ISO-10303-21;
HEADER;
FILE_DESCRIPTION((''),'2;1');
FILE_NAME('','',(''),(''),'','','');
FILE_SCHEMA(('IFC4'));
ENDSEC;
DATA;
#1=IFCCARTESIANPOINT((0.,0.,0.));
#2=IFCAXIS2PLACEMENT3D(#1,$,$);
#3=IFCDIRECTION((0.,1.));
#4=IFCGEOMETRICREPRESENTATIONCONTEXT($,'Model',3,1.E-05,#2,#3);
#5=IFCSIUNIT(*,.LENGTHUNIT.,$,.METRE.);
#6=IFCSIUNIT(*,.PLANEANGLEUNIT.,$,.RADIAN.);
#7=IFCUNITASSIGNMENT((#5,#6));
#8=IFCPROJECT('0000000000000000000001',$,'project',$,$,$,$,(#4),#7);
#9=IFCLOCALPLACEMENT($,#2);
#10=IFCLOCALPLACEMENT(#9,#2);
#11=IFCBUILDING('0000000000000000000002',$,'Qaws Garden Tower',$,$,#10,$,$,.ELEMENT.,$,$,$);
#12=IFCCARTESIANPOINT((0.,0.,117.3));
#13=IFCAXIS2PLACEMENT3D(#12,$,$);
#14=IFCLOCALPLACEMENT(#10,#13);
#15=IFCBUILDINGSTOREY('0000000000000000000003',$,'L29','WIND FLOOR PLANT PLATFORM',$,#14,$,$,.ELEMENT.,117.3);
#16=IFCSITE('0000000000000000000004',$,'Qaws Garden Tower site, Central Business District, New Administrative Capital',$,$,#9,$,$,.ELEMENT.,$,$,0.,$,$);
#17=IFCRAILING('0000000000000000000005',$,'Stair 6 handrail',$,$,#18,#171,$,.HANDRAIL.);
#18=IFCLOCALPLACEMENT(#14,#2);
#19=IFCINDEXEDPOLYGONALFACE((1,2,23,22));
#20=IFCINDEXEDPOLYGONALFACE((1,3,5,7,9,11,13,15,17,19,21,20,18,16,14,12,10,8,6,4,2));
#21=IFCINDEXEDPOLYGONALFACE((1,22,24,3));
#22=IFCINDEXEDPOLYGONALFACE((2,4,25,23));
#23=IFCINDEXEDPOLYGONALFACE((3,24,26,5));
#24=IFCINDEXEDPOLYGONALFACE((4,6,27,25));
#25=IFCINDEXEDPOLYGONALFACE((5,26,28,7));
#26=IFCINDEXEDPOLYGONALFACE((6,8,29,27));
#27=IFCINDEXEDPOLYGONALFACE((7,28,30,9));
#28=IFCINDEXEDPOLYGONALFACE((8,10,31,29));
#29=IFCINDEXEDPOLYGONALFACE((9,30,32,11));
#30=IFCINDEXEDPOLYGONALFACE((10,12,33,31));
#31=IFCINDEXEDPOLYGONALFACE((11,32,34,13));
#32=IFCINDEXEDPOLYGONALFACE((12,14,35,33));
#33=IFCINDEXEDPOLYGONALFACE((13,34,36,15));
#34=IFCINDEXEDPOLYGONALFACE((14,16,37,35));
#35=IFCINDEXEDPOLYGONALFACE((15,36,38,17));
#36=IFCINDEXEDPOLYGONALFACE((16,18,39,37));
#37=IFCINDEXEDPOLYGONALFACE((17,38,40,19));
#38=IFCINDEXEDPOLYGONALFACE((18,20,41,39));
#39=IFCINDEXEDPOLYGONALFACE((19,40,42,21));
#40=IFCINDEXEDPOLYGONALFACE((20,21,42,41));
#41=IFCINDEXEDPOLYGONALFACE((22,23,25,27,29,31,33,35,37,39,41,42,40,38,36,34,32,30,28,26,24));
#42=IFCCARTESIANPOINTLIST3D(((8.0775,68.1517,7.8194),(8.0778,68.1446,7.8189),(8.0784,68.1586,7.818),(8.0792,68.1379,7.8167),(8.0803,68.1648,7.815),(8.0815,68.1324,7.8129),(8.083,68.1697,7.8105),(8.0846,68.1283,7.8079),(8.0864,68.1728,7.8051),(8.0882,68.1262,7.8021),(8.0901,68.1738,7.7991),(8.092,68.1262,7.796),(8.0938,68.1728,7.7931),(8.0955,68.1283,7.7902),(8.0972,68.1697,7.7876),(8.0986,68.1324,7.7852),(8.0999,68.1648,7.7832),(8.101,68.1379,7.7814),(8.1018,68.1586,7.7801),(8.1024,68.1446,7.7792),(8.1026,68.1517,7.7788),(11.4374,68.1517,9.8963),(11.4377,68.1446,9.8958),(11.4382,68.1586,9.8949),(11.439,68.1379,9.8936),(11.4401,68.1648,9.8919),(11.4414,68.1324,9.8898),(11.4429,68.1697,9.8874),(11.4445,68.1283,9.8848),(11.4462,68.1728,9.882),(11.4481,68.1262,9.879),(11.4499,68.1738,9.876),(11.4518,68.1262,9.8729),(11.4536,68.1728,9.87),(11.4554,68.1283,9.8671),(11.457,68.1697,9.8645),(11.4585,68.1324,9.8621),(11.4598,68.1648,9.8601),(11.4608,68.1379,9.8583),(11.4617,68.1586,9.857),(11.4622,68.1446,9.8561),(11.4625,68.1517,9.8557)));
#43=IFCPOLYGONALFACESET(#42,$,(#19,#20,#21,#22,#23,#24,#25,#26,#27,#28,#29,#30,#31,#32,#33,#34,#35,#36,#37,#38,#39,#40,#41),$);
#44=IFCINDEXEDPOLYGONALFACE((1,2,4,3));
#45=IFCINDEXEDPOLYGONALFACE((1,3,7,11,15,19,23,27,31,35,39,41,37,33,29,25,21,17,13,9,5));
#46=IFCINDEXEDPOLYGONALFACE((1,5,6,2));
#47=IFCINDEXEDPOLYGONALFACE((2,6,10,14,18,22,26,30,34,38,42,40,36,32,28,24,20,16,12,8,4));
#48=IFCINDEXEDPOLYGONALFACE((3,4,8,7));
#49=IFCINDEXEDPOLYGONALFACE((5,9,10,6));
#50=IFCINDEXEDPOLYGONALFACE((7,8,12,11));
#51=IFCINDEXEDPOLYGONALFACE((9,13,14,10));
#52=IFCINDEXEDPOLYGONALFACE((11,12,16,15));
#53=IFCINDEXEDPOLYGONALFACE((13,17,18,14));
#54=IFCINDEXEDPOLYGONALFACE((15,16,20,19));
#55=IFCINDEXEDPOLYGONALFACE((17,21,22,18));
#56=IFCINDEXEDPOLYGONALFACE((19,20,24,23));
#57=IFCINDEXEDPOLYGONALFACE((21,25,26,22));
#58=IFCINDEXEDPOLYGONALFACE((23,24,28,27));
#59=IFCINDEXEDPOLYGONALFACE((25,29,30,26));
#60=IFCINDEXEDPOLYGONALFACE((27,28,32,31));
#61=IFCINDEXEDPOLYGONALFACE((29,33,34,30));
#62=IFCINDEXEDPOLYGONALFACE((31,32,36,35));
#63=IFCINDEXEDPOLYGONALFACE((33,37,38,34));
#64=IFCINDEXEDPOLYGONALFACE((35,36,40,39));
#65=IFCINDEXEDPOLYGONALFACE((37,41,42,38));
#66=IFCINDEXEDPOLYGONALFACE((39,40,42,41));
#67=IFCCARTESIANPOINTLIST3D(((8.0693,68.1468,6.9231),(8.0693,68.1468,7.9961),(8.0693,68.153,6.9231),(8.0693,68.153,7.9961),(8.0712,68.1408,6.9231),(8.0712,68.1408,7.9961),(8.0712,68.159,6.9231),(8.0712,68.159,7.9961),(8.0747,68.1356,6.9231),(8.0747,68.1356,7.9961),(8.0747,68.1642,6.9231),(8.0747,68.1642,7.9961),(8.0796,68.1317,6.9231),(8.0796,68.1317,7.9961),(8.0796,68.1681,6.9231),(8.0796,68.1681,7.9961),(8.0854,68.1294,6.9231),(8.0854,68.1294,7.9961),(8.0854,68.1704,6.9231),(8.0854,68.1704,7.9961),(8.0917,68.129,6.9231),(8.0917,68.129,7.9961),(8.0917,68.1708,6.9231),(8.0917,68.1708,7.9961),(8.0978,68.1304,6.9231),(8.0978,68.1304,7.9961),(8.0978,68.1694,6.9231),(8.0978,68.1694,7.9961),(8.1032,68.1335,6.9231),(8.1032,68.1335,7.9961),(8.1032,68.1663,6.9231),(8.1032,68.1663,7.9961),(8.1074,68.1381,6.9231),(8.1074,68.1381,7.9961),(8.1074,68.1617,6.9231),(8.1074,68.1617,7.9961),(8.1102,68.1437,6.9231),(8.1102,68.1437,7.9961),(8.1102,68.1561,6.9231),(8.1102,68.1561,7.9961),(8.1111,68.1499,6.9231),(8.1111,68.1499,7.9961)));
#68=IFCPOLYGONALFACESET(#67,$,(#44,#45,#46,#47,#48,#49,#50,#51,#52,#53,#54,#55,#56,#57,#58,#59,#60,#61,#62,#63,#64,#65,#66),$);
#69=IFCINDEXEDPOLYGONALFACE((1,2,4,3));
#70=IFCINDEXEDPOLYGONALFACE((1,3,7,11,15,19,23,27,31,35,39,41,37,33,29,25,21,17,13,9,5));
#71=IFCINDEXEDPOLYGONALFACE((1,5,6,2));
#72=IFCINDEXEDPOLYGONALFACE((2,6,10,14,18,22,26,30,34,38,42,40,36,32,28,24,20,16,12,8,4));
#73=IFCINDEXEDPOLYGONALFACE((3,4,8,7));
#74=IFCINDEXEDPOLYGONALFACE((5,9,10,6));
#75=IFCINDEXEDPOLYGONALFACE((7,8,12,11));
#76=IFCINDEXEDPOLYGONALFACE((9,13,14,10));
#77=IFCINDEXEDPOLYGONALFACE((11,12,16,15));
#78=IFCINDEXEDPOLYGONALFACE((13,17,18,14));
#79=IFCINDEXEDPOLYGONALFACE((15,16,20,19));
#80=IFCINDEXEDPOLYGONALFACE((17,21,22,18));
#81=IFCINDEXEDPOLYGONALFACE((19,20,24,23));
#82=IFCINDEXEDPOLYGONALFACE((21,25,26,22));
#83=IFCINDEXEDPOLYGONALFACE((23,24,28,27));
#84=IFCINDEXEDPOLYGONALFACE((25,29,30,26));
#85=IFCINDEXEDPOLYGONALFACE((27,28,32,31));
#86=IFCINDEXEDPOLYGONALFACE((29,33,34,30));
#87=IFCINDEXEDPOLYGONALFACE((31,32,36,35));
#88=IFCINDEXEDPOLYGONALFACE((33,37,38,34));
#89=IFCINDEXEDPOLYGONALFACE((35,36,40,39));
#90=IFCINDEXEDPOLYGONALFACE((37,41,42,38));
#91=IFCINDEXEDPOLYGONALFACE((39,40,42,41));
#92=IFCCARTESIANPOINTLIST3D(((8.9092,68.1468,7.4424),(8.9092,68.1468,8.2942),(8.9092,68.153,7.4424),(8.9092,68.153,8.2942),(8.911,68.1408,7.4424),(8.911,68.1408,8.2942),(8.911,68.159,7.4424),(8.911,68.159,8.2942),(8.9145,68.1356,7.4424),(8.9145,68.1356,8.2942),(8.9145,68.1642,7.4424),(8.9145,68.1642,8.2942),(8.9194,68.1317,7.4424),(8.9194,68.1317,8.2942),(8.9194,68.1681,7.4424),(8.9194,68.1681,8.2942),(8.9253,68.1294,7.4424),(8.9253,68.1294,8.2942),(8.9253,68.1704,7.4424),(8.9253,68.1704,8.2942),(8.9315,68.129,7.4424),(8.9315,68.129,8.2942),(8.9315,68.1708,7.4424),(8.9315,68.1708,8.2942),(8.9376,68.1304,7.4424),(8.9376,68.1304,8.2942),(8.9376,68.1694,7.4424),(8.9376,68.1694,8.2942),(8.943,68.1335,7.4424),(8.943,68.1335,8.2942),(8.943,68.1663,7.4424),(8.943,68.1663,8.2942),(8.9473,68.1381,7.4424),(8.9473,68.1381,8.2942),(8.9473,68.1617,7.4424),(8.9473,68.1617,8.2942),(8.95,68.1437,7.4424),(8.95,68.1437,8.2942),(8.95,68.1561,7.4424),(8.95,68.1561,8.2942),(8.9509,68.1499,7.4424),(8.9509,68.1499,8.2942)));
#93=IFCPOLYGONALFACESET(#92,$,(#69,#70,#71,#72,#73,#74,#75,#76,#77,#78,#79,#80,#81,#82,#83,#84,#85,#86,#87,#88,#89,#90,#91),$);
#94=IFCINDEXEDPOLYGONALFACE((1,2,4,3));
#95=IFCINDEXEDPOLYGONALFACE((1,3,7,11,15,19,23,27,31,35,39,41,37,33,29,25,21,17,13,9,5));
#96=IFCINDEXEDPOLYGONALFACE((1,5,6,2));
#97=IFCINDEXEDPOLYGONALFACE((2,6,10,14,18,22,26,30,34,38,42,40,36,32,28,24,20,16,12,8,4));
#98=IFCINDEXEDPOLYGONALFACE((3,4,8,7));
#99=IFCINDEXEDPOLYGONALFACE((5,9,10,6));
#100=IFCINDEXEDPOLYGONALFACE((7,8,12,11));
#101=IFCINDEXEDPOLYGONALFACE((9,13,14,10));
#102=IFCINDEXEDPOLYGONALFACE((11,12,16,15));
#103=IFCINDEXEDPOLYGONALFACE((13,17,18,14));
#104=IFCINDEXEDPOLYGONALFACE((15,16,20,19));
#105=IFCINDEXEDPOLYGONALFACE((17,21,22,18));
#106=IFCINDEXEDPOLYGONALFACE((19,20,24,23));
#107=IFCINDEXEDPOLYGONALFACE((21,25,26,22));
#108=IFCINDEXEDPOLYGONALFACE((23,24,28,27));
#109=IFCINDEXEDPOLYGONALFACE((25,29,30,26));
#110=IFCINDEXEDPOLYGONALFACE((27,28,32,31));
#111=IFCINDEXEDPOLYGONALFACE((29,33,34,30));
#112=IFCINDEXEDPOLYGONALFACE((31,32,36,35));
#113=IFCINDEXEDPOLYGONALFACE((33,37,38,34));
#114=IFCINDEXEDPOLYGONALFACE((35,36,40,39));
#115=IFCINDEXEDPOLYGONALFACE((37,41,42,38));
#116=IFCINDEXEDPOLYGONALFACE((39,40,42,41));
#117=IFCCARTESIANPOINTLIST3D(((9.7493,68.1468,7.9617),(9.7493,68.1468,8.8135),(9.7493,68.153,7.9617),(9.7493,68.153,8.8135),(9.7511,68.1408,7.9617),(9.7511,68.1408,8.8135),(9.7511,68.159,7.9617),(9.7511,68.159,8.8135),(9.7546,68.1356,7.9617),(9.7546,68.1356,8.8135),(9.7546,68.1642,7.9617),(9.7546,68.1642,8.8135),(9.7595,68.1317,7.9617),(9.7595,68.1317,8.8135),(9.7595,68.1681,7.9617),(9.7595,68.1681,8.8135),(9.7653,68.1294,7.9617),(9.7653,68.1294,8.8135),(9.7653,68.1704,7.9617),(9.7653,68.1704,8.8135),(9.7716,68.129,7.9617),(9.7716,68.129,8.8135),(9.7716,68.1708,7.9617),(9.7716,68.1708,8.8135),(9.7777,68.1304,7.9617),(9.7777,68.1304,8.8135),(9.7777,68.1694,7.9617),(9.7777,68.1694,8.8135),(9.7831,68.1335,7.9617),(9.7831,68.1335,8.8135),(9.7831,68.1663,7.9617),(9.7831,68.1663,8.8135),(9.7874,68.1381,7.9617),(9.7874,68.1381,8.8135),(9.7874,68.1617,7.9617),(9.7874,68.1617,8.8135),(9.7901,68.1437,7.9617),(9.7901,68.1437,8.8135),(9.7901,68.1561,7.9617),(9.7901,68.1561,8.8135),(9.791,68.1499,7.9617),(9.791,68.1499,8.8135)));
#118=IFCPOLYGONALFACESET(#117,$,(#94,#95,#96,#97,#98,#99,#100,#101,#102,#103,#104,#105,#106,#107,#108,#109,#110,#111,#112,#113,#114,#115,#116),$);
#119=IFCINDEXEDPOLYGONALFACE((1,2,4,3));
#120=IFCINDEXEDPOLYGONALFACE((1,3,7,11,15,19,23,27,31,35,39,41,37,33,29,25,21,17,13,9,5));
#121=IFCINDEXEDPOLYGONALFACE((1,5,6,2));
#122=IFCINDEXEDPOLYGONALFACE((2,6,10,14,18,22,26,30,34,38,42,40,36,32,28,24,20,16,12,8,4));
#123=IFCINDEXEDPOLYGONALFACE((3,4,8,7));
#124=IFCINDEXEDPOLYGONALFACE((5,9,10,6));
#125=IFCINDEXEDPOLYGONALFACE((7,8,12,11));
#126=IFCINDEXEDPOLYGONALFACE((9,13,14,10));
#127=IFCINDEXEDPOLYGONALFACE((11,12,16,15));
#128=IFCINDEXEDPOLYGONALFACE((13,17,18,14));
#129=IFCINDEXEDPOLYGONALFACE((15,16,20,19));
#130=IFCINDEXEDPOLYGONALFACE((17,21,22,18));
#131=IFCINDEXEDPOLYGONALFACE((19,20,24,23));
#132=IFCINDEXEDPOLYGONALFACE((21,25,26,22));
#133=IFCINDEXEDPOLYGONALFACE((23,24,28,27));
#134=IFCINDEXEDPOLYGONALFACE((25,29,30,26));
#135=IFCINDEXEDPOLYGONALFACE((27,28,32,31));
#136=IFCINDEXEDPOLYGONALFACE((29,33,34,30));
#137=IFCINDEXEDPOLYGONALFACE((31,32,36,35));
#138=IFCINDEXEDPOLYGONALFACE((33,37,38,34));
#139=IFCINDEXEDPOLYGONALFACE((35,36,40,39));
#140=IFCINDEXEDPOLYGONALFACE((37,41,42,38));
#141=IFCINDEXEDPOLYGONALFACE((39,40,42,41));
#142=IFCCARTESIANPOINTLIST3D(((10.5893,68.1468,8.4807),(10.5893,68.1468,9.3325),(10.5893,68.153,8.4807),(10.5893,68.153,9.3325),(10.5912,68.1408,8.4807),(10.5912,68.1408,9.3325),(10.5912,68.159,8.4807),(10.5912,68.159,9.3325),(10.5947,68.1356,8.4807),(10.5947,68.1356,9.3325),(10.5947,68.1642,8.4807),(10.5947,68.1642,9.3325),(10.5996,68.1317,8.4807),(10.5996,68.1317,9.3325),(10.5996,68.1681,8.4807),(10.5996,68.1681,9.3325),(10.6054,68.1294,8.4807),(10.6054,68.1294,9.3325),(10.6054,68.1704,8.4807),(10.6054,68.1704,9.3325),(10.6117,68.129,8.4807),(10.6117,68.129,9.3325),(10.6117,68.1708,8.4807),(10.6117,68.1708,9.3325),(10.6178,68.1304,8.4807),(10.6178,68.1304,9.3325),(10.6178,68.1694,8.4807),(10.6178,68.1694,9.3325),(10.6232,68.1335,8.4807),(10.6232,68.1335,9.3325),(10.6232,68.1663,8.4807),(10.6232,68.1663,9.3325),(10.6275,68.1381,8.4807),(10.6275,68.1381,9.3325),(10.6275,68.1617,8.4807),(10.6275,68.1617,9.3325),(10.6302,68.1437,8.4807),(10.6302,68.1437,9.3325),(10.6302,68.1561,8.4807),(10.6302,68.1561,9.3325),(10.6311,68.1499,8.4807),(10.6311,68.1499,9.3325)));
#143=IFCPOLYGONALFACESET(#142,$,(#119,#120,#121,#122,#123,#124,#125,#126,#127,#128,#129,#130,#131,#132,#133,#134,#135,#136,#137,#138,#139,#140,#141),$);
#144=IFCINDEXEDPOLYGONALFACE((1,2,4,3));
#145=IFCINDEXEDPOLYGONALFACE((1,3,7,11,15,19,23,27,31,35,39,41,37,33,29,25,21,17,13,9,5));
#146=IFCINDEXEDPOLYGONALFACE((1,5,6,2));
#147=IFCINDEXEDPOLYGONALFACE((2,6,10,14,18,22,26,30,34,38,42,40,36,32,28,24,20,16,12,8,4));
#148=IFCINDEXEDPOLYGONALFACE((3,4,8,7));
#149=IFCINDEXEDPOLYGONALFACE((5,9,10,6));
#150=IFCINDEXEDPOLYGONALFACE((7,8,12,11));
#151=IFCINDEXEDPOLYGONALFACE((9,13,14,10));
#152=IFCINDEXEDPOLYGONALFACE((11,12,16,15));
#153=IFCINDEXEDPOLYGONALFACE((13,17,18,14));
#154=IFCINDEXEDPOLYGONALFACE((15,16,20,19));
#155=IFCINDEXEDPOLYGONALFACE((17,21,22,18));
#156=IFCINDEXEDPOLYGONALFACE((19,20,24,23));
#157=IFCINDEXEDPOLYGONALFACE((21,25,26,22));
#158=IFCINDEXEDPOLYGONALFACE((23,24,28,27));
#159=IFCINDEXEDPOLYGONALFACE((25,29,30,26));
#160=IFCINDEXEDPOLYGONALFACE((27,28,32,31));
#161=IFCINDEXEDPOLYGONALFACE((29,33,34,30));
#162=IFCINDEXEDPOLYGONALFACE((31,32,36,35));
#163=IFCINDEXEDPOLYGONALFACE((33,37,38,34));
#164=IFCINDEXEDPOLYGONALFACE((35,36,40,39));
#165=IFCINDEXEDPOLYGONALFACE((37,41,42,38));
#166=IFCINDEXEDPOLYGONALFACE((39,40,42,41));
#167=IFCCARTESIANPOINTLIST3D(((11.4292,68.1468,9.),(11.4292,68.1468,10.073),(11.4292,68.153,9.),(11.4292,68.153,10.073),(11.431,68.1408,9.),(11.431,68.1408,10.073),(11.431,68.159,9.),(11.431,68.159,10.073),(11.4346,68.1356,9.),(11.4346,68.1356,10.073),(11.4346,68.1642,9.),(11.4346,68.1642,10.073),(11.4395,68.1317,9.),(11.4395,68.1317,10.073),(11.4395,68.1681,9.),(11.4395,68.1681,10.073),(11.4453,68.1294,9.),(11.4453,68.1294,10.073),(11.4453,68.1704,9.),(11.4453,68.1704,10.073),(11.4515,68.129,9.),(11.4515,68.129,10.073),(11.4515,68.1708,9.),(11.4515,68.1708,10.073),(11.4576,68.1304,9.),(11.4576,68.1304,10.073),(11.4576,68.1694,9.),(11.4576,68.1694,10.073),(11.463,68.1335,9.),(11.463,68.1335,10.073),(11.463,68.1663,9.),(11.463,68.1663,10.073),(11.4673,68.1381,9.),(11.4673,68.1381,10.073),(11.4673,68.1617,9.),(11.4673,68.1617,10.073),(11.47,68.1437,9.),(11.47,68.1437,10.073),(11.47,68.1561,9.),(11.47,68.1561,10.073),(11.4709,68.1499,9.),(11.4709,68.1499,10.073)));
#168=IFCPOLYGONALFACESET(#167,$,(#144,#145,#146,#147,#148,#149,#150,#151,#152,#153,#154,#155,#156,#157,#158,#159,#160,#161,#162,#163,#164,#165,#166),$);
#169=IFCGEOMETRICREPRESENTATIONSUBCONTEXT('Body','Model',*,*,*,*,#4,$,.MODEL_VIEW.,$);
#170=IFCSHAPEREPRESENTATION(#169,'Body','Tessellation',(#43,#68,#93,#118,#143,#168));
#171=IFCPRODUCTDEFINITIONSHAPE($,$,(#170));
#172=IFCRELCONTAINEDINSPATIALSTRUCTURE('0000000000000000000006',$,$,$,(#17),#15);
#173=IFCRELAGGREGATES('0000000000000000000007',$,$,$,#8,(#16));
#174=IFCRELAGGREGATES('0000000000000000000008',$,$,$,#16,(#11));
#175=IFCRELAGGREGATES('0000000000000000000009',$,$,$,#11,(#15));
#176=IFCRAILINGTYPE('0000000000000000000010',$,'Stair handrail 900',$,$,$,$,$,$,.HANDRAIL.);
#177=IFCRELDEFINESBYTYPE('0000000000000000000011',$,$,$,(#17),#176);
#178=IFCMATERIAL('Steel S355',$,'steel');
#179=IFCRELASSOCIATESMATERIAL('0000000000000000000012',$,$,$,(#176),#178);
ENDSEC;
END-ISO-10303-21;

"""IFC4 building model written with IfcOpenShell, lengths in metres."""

from ifc_helpers import new_model, si_unit, direction, frame, origin, origin_2d, place, context, subcontext, project, spatial, circle, extrude, material, type_object, element, save


model = new_model("IFC4")

# Units and contexts
model_context = context("Model", 3, precision=1e-05, world=origin(), true_north=direction((0.0, 1.0)))
body_context = subcontext(model_context, "Body", "Model", "MODEL_VIEW")
ifc_project = project(units=[si_unit("LENGTHUNIT", "METRE"), si_unit("PLANEANGLEUNIT", "RADIAN")], contexts=[model_context])

# Site, building, storey
site_placement = place(None, origin())
site = spatial("IfcSite", under=ifc_project, at=site_placement, Name="Qaws Garden Tower site, Central Business District, New Administrative Capital", CompositionType="ELEMENT", RefElevation=0.0)
building_placement = place(site_placement, origin())
building = spatial("IfcBuilding", under=site, at=building_placement, Name="Qaws Garden Tower", CompositionType="ELEMENT")
storey_placement = place(building_placement, frame((0.0, 0.0, 117.3)))
storey = spatial("IfcBuildingStorey", under=building, at=storey_placement, Name="L29", Description="WIND FLOOR PLANT PLATFORM", CompositionType="ELEMENT", Elevation=117.3)

# Railing
ifc_material_1 = material(Name="Steel S355", Category="steel")
railing_type_1 = type_object("IfcRailingType", Name="Stair handrail 900", PredefinedType="HANDRAIL", material=ifc_material_1)
railing_1_placement = place(storey_placement, frame((8.0901, 68.1499, 6.9231)))
element("IfcRailing", 1, at=railing_1_placement, inside=storey, type_object=railing_type_1, Name="Stair 6 handrail", PredefinedType="HANDRAIL", context=body_context, shape_type="SweptSolid", body=[
    extrude(circle(Radius=0.0239, at=origin_2d()), frame((0.0, 0.0, 0.876), z_axis=(0.850606, 0.0, 0.525803), x_axis=(0.0, 1.0, 0.0)), (0.0, 0.0, 1.0), 3.95),
    extrude(circle(Radius=0.021, at=origin_2d()), origin(), (0.0, 0.0, 1.0), 1.073),
    extrude(circle(Radius=0.021, at=origin_2d()), frame((0.8398, 0.0, 0.5193)), (0.0, 0.0, 1.0), 0.8518),
    extrude(circle(Radius=0.021, at=origin_2d()), frame((1.6799, 0.0, 1.0386)), (0.0, 0.0, 1.0), 0.8518),
    extrude(circle(Radius=0.021, at=origin_2d()), frame((2.52, 0.0, 1.5576)), (0.0, 0.0, 1.0), 0.8518),
    extrude(circle(Radius=0.021, at=origin_2d()), frame((3.3599, 0.0, 2.0769)), (0.0, 0.0, 1.0), 1.073),
])

save(model, "model.ifc")
